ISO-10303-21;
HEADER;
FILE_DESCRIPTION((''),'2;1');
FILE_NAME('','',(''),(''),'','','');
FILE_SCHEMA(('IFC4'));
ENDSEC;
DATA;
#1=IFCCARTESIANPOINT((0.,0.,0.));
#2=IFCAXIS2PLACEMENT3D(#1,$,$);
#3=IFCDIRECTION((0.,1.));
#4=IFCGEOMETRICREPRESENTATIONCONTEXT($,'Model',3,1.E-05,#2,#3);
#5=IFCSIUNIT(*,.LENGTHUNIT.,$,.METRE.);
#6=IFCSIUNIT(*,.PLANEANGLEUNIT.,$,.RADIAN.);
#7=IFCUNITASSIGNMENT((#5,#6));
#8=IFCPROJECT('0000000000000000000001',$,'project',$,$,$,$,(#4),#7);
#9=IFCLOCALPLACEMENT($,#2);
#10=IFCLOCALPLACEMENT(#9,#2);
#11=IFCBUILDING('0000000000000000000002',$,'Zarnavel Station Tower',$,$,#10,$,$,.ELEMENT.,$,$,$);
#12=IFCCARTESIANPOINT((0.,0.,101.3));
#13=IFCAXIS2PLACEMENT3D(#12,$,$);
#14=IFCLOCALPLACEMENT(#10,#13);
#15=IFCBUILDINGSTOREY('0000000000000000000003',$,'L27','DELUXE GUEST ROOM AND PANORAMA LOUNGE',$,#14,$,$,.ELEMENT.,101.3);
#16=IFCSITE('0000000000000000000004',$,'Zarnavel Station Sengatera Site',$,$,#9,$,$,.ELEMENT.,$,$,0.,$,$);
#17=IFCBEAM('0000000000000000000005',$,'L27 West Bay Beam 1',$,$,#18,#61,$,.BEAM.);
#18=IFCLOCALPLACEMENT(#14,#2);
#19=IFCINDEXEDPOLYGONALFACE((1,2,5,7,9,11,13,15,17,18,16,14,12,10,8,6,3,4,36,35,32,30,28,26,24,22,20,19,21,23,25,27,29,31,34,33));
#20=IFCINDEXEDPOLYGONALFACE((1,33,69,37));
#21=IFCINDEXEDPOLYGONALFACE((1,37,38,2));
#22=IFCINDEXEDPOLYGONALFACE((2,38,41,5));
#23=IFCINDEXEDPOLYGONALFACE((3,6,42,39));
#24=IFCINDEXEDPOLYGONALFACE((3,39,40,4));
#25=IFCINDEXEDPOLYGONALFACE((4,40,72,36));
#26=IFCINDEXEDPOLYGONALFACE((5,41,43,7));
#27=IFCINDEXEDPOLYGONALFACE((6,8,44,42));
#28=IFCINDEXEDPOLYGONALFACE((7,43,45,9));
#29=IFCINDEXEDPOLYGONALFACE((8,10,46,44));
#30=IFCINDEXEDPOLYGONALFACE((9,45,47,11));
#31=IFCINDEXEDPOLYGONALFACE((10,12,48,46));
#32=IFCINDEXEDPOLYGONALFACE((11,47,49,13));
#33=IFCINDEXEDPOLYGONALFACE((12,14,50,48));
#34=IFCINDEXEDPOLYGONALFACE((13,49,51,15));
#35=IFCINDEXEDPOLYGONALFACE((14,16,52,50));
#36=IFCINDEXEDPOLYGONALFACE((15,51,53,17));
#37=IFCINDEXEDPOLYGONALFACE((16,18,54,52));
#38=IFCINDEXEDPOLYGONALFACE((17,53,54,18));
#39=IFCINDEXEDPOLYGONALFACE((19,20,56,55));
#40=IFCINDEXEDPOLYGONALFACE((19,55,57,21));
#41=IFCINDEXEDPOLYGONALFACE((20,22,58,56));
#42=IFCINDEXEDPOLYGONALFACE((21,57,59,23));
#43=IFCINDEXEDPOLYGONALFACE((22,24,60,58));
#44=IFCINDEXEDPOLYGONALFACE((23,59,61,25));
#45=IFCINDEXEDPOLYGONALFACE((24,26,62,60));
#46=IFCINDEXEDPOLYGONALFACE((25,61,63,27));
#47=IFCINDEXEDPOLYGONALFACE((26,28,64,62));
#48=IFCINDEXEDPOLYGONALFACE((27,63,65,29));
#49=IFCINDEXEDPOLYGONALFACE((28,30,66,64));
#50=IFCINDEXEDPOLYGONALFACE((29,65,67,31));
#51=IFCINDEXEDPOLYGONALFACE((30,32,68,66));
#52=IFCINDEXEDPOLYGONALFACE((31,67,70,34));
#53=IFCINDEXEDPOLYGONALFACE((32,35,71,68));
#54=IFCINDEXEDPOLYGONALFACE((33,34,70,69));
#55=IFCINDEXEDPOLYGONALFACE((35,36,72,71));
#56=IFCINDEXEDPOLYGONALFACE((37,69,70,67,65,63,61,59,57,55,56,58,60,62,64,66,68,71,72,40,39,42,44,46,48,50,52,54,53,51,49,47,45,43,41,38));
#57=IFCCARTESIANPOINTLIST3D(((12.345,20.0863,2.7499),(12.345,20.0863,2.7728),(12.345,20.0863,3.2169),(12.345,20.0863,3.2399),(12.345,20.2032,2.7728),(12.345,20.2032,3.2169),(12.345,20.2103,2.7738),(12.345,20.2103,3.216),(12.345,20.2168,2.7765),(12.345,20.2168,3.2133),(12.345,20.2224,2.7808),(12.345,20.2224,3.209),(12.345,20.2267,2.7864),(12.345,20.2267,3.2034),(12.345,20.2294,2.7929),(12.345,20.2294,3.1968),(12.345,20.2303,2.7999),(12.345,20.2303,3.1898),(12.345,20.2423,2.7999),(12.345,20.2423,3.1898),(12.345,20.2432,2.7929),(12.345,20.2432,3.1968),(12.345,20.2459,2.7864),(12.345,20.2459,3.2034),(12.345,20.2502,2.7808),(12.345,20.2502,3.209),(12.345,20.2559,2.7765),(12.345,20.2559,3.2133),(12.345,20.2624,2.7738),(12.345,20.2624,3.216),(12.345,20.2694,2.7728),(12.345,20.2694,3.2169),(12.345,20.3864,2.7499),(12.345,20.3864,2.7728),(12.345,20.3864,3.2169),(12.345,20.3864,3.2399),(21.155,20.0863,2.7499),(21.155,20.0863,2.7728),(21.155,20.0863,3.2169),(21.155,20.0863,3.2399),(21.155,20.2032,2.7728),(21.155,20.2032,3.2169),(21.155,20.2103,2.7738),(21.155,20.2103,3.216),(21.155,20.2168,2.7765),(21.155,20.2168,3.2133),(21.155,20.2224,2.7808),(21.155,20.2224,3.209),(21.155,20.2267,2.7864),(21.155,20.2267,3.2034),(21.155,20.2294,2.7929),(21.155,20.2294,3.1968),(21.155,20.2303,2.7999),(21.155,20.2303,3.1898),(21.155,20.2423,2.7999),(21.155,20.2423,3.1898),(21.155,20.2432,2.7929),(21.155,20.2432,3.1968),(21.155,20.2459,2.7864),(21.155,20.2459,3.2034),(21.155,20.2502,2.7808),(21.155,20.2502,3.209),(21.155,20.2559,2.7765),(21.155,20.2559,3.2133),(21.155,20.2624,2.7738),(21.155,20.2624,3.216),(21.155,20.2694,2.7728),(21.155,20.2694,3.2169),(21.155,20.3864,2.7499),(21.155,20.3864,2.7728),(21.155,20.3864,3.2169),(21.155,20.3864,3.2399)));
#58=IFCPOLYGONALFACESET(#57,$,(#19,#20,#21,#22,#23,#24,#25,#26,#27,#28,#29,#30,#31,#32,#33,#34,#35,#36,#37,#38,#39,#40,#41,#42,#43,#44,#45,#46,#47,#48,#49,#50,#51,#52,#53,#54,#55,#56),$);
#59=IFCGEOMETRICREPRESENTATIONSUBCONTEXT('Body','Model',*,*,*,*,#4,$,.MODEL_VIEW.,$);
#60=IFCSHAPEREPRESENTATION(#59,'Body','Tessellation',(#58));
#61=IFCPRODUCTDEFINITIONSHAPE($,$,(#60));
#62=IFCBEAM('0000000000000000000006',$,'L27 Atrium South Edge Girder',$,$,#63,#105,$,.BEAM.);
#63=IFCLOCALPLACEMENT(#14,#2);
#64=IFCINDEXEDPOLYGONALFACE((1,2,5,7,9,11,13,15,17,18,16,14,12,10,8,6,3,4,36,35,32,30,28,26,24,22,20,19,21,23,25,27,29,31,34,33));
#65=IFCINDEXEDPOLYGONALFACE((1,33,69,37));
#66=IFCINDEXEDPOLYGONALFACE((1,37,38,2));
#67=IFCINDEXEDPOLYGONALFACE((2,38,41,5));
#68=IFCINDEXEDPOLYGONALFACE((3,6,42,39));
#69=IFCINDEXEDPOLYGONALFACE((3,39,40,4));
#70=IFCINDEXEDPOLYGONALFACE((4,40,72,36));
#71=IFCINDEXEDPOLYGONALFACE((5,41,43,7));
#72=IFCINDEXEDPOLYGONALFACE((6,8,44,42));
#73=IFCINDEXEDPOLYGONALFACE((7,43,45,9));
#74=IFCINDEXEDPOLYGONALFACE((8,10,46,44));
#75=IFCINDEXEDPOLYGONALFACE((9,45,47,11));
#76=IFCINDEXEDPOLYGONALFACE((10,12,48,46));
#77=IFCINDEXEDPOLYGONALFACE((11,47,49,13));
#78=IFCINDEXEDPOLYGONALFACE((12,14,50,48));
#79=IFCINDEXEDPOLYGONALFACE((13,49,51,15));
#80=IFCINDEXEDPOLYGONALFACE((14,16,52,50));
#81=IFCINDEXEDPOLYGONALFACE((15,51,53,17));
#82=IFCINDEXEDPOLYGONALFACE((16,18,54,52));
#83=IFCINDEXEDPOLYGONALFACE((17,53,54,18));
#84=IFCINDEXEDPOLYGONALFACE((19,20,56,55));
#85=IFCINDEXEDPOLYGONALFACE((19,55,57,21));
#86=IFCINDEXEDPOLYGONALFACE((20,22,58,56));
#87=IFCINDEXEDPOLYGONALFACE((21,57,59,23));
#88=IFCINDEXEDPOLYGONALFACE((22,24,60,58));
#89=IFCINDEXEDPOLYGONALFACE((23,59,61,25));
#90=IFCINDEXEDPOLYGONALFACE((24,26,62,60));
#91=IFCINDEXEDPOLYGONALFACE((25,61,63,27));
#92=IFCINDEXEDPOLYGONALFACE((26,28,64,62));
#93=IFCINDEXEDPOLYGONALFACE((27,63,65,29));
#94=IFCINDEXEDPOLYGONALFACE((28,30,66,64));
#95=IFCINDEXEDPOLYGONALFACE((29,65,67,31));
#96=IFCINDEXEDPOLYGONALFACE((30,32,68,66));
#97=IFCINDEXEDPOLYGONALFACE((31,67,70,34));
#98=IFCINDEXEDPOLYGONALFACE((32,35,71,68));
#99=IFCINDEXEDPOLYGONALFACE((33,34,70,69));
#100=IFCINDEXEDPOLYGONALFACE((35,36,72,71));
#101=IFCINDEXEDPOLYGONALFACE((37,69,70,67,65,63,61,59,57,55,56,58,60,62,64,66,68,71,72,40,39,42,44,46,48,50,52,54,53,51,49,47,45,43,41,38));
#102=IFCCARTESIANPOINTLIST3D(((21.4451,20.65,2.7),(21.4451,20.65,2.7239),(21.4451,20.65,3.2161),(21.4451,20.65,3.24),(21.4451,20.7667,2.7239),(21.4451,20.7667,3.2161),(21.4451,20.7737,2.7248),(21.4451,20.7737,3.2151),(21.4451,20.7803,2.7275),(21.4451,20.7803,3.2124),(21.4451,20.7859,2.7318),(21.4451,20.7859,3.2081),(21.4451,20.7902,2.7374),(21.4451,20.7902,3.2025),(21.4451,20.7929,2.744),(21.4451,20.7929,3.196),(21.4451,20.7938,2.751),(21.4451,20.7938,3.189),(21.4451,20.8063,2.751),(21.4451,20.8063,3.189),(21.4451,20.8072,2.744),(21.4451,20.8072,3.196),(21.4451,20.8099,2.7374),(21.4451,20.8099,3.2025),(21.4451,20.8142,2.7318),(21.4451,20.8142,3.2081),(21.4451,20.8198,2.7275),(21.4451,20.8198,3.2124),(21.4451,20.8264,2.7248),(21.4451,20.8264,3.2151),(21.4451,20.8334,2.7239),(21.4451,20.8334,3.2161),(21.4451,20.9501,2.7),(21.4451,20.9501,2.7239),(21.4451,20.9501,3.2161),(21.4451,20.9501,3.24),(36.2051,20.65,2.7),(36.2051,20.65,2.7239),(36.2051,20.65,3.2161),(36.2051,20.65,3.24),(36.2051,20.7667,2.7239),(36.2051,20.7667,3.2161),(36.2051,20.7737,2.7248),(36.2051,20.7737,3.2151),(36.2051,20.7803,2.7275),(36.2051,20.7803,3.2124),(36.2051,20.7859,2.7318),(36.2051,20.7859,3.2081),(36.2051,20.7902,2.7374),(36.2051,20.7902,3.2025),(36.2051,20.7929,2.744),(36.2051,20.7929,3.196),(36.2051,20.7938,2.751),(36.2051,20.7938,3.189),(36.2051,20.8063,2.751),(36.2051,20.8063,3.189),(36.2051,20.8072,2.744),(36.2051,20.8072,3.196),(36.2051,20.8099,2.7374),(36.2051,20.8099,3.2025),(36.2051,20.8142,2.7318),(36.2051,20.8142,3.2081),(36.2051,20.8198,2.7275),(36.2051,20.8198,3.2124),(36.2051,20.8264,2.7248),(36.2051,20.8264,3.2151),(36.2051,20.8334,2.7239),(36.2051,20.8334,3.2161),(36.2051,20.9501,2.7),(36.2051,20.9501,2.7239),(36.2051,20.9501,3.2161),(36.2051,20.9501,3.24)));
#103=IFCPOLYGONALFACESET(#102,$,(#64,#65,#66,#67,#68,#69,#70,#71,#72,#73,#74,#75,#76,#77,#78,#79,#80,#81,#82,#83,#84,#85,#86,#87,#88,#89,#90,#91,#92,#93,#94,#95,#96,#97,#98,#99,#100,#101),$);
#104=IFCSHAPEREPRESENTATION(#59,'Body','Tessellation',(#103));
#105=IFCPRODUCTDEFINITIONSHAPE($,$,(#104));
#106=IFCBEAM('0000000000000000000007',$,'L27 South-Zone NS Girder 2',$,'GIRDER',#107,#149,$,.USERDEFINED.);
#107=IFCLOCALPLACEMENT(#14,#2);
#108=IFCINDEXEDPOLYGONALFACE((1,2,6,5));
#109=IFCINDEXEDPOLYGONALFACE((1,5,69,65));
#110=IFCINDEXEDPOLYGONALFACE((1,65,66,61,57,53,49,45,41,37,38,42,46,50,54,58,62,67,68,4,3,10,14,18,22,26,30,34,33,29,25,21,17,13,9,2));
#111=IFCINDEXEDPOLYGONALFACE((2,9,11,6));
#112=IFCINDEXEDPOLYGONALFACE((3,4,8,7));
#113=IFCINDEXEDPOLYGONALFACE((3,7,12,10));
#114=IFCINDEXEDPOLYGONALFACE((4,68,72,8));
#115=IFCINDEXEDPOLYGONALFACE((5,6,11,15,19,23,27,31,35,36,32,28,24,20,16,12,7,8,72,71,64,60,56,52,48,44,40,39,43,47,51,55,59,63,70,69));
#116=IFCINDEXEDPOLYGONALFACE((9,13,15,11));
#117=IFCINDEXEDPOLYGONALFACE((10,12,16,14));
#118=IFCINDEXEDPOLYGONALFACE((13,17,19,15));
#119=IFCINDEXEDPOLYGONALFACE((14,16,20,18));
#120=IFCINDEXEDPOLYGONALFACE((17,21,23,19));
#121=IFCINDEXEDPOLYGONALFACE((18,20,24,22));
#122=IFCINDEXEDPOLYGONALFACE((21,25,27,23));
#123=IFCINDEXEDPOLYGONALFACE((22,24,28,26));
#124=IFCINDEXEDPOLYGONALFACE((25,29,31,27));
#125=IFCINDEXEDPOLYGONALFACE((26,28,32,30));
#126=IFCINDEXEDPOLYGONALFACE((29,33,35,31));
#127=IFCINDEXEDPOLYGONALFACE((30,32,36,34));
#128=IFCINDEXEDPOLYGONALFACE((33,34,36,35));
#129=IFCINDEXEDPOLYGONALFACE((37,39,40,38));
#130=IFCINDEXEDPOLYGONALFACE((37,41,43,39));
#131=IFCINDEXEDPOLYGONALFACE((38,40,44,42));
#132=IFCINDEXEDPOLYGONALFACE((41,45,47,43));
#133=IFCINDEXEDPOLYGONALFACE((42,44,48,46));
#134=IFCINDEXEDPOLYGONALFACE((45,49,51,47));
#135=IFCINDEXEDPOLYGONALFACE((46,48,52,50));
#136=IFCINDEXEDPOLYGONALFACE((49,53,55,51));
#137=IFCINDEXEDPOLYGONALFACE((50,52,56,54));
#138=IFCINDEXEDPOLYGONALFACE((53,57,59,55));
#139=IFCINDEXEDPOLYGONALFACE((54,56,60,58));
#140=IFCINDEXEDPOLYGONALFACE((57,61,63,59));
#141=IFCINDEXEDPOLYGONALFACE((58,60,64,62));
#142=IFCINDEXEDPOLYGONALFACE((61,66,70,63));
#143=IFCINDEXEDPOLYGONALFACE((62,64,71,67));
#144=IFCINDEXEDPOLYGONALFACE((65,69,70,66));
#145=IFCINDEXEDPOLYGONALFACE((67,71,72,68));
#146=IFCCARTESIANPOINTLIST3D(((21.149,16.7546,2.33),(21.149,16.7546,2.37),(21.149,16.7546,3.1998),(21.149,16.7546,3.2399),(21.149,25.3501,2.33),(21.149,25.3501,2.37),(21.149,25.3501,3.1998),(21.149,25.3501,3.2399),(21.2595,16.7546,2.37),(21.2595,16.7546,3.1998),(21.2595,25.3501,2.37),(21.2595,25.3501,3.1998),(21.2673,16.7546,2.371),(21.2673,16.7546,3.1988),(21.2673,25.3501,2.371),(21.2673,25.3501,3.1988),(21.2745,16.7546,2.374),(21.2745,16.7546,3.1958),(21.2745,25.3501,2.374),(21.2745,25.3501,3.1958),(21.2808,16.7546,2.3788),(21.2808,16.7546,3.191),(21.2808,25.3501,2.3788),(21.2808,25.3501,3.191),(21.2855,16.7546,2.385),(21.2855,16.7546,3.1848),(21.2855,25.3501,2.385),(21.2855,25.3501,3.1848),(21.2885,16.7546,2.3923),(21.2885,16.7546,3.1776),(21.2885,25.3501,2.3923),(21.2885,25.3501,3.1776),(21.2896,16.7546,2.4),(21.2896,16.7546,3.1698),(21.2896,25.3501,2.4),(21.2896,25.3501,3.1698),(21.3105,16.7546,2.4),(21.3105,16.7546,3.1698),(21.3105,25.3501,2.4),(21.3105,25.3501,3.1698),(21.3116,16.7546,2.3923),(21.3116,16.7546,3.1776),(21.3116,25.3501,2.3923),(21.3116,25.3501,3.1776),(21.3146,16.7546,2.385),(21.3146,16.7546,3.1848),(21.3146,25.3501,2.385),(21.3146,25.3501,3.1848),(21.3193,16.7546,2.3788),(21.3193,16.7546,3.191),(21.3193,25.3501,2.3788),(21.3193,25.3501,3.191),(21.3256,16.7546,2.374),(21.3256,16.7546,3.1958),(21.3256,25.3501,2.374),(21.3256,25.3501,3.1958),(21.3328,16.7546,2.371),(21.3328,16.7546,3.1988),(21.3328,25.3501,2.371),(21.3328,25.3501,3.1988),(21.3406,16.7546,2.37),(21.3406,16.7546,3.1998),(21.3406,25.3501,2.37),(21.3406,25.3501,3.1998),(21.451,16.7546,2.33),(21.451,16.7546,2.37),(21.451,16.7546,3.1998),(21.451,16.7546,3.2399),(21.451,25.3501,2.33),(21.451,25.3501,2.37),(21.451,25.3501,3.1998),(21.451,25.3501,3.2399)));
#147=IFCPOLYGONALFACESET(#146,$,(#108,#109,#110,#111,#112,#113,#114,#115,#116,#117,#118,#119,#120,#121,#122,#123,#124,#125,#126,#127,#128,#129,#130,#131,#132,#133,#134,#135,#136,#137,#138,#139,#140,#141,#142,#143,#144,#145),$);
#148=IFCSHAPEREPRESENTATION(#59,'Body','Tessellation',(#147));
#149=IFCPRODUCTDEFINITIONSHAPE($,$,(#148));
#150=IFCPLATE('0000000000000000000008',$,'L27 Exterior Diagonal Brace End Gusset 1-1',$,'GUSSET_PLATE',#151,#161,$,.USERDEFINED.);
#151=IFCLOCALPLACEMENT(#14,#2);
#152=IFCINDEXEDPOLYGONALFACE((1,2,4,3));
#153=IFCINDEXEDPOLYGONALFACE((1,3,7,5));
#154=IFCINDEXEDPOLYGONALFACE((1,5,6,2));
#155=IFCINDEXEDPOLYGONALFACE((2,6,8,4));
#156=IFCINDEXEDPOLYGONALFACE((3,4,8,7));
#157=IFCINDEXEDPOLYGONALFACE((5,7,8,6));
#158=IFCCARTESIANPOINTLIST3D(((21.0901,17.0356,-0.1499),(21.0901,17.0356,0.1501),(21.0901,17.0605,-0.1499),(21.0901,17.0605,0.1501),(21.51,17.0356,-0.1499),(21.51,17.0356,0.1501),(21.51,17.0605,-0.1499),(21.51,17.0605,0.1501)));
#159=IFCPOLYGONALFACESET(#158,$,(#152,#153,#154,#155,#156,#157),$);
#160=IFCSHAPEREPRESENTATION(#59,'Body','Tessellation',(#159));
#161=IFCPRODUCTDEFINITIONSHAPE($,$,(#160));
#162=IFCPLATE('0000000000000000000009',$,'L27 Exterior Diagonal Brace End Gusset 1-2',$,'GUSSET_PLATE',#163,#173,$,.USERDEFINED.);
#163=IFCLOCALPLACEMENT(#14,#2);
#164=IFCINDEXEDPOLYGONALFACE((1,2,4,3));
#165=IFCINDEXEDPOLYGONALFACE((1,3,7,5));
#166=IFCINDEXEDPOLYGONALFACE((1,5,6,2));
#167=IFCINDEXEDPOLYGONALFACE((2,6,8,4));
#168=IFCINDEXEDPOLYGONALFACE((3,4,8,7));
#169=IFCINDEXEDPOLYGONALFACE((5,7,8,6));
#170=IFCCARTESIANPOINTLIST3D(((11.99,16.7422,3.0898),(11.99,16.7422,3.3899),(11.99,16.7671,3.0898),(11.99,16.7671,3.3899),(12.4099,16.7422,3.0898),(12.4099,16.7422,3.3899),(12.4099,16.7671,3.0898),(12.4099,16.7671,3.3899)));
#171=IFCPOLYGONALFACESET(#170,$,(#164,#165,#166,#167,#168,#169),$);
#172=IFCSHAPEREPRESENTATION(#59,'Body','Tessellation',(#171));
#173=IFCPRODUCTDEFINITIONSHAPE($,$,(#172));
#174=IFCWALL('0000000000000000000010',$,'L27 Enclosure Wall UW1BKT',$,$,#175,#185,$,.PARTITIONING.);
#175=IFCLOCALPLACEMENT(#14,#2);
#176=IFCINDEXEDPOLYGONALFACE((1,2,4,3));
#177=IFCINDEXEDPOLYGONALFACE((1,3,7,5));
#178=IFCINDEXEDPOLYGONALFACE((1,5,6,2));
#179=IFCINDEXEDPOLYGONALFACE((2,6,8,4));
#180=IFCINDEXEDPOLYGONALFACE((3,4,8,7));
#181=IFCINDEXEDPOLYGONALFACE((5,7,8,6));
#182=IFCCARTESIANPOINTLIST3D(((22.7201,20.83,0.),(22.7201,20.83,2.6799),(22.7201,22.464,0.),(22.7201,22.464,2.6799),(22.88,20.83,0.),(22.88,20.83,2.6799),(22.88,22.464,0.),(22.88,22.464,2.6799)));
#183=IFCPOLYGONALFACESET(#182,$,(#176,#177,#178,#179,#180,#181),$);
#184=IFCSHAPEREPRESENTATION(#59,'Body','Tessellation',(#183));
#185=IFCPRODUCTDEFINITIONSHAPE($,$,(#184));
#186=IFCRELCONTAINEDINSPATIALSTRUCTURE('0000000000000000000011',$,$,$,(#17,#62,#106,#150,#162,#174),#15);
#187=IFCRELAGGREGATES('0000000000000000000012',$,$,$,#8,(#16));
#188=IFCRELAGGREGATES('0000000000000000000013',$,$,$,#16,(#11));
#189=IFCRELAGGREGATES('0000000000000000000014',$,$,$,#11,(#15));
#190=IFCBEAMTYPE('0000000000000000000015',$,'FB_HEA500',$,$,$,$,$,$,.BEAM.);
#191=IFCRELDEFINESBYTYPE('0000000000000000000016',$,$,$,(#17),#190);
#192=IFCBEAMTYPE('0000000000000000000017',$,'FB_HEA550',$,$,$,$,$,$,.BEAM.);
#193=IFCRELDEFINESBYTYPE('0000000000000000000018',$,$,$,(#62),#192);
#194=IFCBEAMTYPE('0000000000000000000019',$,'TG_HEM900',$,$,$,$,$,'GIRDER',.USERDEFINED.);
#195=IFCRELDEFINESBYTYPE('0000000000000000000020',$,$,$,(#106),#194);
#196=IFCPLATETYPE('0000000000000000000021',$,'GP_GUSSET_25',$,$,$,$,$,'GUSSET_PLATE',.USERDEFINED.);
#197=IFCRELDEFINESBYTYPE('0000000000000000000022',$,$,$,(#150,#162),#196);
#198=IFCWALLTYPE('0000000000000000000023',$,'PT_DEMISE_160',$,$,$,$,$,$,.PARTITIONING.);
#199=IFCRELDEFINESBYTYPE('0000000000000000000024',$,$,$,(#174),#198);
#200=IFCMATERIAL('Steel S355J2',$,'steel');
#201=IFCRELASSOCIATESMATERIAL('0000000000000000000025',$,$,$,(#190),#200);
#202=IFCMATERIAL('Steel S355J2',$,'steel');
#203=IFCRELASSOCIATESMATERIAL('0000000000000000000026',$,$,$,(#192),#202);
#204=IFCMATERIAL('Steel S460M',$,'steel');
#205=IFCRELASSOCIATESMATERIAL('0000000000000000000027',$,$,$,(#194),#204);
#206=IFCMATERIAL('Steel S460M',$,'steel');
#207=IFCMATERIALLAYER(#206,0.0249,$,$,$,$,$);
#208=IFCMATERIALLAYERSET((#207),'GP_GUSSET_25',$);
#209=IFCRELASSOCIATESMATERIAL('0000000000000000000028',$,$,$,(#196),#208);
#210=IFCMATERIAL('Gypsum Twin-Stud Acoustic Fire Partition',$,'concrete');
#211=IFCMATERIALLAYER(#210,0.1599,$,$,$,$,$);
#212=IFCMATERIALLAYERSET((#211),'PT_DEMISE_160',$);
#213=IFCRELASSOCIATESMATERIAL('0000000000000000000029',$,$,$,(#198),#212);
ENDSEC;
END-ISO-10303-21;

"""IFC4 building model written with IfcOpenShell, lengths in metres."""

from ifc_helpers import new_model, si_unit, direction, frame, frame_2d, origin, origin_2d, place, context, subcontext, project, spatial, rectangle, i_section, extrude, material, layer, layer_set, material_profile, profile_set, type_object, element, save


model = new_model("IFC4")

# Units and contexts
model_context = context("Model", 3, precision=1e-05, world=origin(), true_north=direction((0.0, 1.0)))
body_context = subcontext(model_context, "Body", "Model", "MODEL_VIEW")
ifc_project = project(units=[si_unit("LENGTHUNIT", "METRE"), si_unit("PLANEANGLEUNIT", "RADIAN")], contexts=[model_context])

# Site, building, storey
site_placement = place(None, origin())
site = spatial("IfcSite", under=ifc_project, at=site_placement, Name="Zarnavel Station Sengatera Site", CompositionType="ELEMENT", RefElevation=0.0)
building_placement = place(site_placement, origin())
building = spatial("IfcBuilding", under=site, at=building_placement, Name="Zarnavel Station Tower", CompositionType="ELEMENT")
storey_placement = place(building_placement, frame((0.0, 0.0, 101.3)))
storey = spatial("IfcBuildingStorey", under=building, at=storey_placement, Name="L27", Description="DELUXE GUEST ROOM AND PANORAMA LOUNGE", CompositionType="ELEMENT", Elevation=101.3)

# Beams
ifc_material_1 = material(Name="Steel S355J2", Category="steel")
ifc_material_profile_1 = material_profile(ifc_material_1, i_section(OverallWidth=0.3, OverallDepth=0.49, WebThickness=0.012, FlangeThickness=0.0229, FilletRadius=0.0271, at=origin_2d()), Name="HEA500")
ifc_profile_set_1 = profile_set([ifc_material_profile_1], Name="Steel S355J2")
beam_type_1 = type_object("IfcBeamType", Name="FB_HEA500", PredefinedType="BEAM", material=ifc_profile_set_1)
beam_1_placement = place(storey_placement, frame((12.345, 20.2363, 2.9949), z_axis=(1.0, 0.0, 0.0), x_axis=(0.0, 1.0, 0.0)))
element("IfcBeam", 1, at=beam_1_placement, inside=storey, type_object=beam_type_1, Name="L27 West Bay Beam 1", PredefinedType="BEAM", context=body_context, shape_type="SweptSolid", body=[
    extrude(i_section(OverallWidth=0.3, OverallDepth=0.49, WebThickness=0.012, FlangeThickness=0.0229, FilletRadius=0.0271, at=origin_2d()), origin(), (0.0, 0.0, 1.0), 8.8101),
])
ifc_material_2 = material(Name="Steel S355J2", Category="steel")
ifc_material_profile_2 = material_profile(ifc_material_2, i_section(OverallWidth=0.3, OverallDepth=0.54, WebThickness=0.0125, FlangeThickness=0.0239, FilletRadius=0.0271, at=origin_2d()), Name="HEA550")
ifc_profile_set_2 = profile_set([ifc_material_profile_2], Name="Steel S355J2")
beam_type_2 = type_object("IfcBeamType", Name="FB_HEA550", PredefinedType="BEAM", material=ifc_profile_set_2)
beam_2_placement = place(storey_placement, frame((21.4451, 20.8, 2.97), z_axis=(1.0, 0.0, 0.0), x_axis=(0.0, 1.0, 0.0)))
element("IfcBeam", 2, at=beam_2_placement, inside=storey, type_object=beam_type_2, Name="L27 Atrium South Edge Girder", PredefinedType="BEAM", context=body_context, shape_type="SweptSolid", body=[
    extrude(i_section(OverallWidth=0.3, OverallDepth=0.54, WebThickness=0.0125, FlangeThickness=0.0239, FilletRadius=0.0271, at=origin_2d()), origin(), (0.0, 0.0, 1.0), 14.76),
])
ifc_material_3 = material(Name="Steel S460M", Category="steel")
ifc_material_profile_3 = material_profile(ifc_material_3, i_section(OverallWidth=0.302, OverallDepth=0.9099, WebThickness=0.021, FlangeThickness=0.04, FilletRadius=0.03, at=origin_2d()), Name="HEM900")
ifc_profile_set_3 = profile_set([ifc_material_profile_3], Name="Steel S460M")
beam_type_3 = type_object("IfcBeamType", Name="TG_HEM900", ElementType="GIRDER", PredefinedType="USERDEFINED", material=ifc_profile_set_3)
beam_3_placement = place(storey_placement, frame((21.3, 16.7546, 2.7849), z_axis=(0.0, 1.0, 0.0), x_axis=(-1.0, 0.0, 0.0)))
element("IfcBeam", 3, at=beam_3_placement, inside=storey, type_object=beam_type_3, Name="L27 South-Zone NS Girder 2", ObjectType="GIRDER", PredefinedType="USERDEFINED", context=body_context, shape_type="SweptSolid", body=[
    extrude(i_section(OverallWidth=0.302, OverallDepth=0.9099, WebThickness=0.021, FlangeThickness=0.04, FilletRadius=0.03, at=origin_2d()), origin(), (0.0, 0.0, 1.0), 8.5955),
])

# Plates
ifc_material_4 = material(Name="Steel S460M", Category="steel")
ifc_layer_1 = layer(ifc_material_4, 0.0249)
ifc_layer_set_1 = layer_set([ifc_layer_1], Name="GP_GUSSET_25")
plate_type = type_object("IfcPlateType", Name="GP_GUSSET_25", ElementType="GUSSET_PLATE", PredefinedType="USERDEFINED", material=ifc_layer_set_1)
for number, where, z_axis, x_axis, name in (
    (4, (21.3, 17.0481, -0.1499), (0.0, 0.0, 1.0), (1.0, 0.0, 0.0), "L27 Exterior Diagonal Brace End Gusset 1-1"),
    (5, (12.2, 16.7546, 3.0898), (0.0, 0.0, 1.0), (1.0, 0.0, 0.0), "L27 Exterior Diagonal Brace End Gusset 1-2"),
):
    element("IfcPlate", number, at=place(storey_placement, frame(where, z_axis=z_axis, x_axis=x_axis)), inside=storey, type_object=plate_type, Name=name, ObjectType="GUSSET_PLATE", PredefinedType="USERDEFINED", context=body_context, shape_type="SweptSolid", body=[
        extrude(rectangle(XDim=0.4199, YDim=0.0249, at=origin_2d()), origin(), (0.0, 0.0, 1.0), 0.3),
    ])

# Wall
ifc_material_5 = material(Name="Gypsum Twin-Stud Acoustic Fire Partition", Category="concrete")
ifc_layer_2 = layer(ifc_material_5, 0.1599)
ifc_layer_set_2 = layer_set([ifc_layer_2], Name="PT_DEMISE_160")
wall_type_1 = type_object("IfcWallType", Name="PT_DEMISE_160", PredefinedType="PARTITIONING", material=ifc_layer_set_2)
wall_1_placement = place(storey_placement, frame((22.8, 20.8301, 0.0), z_axis=(0.0, 0.0, 1.0), x_axis=(0.0, 1.0, 0.0)))
element("IfcWall", 6, at=wall_1_placement, inside=storey, type_object=wall_type_1, Name="L27 Enclosure Wall UW1BKT", PredefinedType="PARTITIONING", context=body_context, shape_type="SweptSolid", body=[
    extrude(rectangle(XDim=1.634, YDim=0.1599, at=frame_2d((0.8169, 0.0))), origin(), (0.0, 0.0, 1.0), 2.6799),
])

save(model, "model.ifc")
